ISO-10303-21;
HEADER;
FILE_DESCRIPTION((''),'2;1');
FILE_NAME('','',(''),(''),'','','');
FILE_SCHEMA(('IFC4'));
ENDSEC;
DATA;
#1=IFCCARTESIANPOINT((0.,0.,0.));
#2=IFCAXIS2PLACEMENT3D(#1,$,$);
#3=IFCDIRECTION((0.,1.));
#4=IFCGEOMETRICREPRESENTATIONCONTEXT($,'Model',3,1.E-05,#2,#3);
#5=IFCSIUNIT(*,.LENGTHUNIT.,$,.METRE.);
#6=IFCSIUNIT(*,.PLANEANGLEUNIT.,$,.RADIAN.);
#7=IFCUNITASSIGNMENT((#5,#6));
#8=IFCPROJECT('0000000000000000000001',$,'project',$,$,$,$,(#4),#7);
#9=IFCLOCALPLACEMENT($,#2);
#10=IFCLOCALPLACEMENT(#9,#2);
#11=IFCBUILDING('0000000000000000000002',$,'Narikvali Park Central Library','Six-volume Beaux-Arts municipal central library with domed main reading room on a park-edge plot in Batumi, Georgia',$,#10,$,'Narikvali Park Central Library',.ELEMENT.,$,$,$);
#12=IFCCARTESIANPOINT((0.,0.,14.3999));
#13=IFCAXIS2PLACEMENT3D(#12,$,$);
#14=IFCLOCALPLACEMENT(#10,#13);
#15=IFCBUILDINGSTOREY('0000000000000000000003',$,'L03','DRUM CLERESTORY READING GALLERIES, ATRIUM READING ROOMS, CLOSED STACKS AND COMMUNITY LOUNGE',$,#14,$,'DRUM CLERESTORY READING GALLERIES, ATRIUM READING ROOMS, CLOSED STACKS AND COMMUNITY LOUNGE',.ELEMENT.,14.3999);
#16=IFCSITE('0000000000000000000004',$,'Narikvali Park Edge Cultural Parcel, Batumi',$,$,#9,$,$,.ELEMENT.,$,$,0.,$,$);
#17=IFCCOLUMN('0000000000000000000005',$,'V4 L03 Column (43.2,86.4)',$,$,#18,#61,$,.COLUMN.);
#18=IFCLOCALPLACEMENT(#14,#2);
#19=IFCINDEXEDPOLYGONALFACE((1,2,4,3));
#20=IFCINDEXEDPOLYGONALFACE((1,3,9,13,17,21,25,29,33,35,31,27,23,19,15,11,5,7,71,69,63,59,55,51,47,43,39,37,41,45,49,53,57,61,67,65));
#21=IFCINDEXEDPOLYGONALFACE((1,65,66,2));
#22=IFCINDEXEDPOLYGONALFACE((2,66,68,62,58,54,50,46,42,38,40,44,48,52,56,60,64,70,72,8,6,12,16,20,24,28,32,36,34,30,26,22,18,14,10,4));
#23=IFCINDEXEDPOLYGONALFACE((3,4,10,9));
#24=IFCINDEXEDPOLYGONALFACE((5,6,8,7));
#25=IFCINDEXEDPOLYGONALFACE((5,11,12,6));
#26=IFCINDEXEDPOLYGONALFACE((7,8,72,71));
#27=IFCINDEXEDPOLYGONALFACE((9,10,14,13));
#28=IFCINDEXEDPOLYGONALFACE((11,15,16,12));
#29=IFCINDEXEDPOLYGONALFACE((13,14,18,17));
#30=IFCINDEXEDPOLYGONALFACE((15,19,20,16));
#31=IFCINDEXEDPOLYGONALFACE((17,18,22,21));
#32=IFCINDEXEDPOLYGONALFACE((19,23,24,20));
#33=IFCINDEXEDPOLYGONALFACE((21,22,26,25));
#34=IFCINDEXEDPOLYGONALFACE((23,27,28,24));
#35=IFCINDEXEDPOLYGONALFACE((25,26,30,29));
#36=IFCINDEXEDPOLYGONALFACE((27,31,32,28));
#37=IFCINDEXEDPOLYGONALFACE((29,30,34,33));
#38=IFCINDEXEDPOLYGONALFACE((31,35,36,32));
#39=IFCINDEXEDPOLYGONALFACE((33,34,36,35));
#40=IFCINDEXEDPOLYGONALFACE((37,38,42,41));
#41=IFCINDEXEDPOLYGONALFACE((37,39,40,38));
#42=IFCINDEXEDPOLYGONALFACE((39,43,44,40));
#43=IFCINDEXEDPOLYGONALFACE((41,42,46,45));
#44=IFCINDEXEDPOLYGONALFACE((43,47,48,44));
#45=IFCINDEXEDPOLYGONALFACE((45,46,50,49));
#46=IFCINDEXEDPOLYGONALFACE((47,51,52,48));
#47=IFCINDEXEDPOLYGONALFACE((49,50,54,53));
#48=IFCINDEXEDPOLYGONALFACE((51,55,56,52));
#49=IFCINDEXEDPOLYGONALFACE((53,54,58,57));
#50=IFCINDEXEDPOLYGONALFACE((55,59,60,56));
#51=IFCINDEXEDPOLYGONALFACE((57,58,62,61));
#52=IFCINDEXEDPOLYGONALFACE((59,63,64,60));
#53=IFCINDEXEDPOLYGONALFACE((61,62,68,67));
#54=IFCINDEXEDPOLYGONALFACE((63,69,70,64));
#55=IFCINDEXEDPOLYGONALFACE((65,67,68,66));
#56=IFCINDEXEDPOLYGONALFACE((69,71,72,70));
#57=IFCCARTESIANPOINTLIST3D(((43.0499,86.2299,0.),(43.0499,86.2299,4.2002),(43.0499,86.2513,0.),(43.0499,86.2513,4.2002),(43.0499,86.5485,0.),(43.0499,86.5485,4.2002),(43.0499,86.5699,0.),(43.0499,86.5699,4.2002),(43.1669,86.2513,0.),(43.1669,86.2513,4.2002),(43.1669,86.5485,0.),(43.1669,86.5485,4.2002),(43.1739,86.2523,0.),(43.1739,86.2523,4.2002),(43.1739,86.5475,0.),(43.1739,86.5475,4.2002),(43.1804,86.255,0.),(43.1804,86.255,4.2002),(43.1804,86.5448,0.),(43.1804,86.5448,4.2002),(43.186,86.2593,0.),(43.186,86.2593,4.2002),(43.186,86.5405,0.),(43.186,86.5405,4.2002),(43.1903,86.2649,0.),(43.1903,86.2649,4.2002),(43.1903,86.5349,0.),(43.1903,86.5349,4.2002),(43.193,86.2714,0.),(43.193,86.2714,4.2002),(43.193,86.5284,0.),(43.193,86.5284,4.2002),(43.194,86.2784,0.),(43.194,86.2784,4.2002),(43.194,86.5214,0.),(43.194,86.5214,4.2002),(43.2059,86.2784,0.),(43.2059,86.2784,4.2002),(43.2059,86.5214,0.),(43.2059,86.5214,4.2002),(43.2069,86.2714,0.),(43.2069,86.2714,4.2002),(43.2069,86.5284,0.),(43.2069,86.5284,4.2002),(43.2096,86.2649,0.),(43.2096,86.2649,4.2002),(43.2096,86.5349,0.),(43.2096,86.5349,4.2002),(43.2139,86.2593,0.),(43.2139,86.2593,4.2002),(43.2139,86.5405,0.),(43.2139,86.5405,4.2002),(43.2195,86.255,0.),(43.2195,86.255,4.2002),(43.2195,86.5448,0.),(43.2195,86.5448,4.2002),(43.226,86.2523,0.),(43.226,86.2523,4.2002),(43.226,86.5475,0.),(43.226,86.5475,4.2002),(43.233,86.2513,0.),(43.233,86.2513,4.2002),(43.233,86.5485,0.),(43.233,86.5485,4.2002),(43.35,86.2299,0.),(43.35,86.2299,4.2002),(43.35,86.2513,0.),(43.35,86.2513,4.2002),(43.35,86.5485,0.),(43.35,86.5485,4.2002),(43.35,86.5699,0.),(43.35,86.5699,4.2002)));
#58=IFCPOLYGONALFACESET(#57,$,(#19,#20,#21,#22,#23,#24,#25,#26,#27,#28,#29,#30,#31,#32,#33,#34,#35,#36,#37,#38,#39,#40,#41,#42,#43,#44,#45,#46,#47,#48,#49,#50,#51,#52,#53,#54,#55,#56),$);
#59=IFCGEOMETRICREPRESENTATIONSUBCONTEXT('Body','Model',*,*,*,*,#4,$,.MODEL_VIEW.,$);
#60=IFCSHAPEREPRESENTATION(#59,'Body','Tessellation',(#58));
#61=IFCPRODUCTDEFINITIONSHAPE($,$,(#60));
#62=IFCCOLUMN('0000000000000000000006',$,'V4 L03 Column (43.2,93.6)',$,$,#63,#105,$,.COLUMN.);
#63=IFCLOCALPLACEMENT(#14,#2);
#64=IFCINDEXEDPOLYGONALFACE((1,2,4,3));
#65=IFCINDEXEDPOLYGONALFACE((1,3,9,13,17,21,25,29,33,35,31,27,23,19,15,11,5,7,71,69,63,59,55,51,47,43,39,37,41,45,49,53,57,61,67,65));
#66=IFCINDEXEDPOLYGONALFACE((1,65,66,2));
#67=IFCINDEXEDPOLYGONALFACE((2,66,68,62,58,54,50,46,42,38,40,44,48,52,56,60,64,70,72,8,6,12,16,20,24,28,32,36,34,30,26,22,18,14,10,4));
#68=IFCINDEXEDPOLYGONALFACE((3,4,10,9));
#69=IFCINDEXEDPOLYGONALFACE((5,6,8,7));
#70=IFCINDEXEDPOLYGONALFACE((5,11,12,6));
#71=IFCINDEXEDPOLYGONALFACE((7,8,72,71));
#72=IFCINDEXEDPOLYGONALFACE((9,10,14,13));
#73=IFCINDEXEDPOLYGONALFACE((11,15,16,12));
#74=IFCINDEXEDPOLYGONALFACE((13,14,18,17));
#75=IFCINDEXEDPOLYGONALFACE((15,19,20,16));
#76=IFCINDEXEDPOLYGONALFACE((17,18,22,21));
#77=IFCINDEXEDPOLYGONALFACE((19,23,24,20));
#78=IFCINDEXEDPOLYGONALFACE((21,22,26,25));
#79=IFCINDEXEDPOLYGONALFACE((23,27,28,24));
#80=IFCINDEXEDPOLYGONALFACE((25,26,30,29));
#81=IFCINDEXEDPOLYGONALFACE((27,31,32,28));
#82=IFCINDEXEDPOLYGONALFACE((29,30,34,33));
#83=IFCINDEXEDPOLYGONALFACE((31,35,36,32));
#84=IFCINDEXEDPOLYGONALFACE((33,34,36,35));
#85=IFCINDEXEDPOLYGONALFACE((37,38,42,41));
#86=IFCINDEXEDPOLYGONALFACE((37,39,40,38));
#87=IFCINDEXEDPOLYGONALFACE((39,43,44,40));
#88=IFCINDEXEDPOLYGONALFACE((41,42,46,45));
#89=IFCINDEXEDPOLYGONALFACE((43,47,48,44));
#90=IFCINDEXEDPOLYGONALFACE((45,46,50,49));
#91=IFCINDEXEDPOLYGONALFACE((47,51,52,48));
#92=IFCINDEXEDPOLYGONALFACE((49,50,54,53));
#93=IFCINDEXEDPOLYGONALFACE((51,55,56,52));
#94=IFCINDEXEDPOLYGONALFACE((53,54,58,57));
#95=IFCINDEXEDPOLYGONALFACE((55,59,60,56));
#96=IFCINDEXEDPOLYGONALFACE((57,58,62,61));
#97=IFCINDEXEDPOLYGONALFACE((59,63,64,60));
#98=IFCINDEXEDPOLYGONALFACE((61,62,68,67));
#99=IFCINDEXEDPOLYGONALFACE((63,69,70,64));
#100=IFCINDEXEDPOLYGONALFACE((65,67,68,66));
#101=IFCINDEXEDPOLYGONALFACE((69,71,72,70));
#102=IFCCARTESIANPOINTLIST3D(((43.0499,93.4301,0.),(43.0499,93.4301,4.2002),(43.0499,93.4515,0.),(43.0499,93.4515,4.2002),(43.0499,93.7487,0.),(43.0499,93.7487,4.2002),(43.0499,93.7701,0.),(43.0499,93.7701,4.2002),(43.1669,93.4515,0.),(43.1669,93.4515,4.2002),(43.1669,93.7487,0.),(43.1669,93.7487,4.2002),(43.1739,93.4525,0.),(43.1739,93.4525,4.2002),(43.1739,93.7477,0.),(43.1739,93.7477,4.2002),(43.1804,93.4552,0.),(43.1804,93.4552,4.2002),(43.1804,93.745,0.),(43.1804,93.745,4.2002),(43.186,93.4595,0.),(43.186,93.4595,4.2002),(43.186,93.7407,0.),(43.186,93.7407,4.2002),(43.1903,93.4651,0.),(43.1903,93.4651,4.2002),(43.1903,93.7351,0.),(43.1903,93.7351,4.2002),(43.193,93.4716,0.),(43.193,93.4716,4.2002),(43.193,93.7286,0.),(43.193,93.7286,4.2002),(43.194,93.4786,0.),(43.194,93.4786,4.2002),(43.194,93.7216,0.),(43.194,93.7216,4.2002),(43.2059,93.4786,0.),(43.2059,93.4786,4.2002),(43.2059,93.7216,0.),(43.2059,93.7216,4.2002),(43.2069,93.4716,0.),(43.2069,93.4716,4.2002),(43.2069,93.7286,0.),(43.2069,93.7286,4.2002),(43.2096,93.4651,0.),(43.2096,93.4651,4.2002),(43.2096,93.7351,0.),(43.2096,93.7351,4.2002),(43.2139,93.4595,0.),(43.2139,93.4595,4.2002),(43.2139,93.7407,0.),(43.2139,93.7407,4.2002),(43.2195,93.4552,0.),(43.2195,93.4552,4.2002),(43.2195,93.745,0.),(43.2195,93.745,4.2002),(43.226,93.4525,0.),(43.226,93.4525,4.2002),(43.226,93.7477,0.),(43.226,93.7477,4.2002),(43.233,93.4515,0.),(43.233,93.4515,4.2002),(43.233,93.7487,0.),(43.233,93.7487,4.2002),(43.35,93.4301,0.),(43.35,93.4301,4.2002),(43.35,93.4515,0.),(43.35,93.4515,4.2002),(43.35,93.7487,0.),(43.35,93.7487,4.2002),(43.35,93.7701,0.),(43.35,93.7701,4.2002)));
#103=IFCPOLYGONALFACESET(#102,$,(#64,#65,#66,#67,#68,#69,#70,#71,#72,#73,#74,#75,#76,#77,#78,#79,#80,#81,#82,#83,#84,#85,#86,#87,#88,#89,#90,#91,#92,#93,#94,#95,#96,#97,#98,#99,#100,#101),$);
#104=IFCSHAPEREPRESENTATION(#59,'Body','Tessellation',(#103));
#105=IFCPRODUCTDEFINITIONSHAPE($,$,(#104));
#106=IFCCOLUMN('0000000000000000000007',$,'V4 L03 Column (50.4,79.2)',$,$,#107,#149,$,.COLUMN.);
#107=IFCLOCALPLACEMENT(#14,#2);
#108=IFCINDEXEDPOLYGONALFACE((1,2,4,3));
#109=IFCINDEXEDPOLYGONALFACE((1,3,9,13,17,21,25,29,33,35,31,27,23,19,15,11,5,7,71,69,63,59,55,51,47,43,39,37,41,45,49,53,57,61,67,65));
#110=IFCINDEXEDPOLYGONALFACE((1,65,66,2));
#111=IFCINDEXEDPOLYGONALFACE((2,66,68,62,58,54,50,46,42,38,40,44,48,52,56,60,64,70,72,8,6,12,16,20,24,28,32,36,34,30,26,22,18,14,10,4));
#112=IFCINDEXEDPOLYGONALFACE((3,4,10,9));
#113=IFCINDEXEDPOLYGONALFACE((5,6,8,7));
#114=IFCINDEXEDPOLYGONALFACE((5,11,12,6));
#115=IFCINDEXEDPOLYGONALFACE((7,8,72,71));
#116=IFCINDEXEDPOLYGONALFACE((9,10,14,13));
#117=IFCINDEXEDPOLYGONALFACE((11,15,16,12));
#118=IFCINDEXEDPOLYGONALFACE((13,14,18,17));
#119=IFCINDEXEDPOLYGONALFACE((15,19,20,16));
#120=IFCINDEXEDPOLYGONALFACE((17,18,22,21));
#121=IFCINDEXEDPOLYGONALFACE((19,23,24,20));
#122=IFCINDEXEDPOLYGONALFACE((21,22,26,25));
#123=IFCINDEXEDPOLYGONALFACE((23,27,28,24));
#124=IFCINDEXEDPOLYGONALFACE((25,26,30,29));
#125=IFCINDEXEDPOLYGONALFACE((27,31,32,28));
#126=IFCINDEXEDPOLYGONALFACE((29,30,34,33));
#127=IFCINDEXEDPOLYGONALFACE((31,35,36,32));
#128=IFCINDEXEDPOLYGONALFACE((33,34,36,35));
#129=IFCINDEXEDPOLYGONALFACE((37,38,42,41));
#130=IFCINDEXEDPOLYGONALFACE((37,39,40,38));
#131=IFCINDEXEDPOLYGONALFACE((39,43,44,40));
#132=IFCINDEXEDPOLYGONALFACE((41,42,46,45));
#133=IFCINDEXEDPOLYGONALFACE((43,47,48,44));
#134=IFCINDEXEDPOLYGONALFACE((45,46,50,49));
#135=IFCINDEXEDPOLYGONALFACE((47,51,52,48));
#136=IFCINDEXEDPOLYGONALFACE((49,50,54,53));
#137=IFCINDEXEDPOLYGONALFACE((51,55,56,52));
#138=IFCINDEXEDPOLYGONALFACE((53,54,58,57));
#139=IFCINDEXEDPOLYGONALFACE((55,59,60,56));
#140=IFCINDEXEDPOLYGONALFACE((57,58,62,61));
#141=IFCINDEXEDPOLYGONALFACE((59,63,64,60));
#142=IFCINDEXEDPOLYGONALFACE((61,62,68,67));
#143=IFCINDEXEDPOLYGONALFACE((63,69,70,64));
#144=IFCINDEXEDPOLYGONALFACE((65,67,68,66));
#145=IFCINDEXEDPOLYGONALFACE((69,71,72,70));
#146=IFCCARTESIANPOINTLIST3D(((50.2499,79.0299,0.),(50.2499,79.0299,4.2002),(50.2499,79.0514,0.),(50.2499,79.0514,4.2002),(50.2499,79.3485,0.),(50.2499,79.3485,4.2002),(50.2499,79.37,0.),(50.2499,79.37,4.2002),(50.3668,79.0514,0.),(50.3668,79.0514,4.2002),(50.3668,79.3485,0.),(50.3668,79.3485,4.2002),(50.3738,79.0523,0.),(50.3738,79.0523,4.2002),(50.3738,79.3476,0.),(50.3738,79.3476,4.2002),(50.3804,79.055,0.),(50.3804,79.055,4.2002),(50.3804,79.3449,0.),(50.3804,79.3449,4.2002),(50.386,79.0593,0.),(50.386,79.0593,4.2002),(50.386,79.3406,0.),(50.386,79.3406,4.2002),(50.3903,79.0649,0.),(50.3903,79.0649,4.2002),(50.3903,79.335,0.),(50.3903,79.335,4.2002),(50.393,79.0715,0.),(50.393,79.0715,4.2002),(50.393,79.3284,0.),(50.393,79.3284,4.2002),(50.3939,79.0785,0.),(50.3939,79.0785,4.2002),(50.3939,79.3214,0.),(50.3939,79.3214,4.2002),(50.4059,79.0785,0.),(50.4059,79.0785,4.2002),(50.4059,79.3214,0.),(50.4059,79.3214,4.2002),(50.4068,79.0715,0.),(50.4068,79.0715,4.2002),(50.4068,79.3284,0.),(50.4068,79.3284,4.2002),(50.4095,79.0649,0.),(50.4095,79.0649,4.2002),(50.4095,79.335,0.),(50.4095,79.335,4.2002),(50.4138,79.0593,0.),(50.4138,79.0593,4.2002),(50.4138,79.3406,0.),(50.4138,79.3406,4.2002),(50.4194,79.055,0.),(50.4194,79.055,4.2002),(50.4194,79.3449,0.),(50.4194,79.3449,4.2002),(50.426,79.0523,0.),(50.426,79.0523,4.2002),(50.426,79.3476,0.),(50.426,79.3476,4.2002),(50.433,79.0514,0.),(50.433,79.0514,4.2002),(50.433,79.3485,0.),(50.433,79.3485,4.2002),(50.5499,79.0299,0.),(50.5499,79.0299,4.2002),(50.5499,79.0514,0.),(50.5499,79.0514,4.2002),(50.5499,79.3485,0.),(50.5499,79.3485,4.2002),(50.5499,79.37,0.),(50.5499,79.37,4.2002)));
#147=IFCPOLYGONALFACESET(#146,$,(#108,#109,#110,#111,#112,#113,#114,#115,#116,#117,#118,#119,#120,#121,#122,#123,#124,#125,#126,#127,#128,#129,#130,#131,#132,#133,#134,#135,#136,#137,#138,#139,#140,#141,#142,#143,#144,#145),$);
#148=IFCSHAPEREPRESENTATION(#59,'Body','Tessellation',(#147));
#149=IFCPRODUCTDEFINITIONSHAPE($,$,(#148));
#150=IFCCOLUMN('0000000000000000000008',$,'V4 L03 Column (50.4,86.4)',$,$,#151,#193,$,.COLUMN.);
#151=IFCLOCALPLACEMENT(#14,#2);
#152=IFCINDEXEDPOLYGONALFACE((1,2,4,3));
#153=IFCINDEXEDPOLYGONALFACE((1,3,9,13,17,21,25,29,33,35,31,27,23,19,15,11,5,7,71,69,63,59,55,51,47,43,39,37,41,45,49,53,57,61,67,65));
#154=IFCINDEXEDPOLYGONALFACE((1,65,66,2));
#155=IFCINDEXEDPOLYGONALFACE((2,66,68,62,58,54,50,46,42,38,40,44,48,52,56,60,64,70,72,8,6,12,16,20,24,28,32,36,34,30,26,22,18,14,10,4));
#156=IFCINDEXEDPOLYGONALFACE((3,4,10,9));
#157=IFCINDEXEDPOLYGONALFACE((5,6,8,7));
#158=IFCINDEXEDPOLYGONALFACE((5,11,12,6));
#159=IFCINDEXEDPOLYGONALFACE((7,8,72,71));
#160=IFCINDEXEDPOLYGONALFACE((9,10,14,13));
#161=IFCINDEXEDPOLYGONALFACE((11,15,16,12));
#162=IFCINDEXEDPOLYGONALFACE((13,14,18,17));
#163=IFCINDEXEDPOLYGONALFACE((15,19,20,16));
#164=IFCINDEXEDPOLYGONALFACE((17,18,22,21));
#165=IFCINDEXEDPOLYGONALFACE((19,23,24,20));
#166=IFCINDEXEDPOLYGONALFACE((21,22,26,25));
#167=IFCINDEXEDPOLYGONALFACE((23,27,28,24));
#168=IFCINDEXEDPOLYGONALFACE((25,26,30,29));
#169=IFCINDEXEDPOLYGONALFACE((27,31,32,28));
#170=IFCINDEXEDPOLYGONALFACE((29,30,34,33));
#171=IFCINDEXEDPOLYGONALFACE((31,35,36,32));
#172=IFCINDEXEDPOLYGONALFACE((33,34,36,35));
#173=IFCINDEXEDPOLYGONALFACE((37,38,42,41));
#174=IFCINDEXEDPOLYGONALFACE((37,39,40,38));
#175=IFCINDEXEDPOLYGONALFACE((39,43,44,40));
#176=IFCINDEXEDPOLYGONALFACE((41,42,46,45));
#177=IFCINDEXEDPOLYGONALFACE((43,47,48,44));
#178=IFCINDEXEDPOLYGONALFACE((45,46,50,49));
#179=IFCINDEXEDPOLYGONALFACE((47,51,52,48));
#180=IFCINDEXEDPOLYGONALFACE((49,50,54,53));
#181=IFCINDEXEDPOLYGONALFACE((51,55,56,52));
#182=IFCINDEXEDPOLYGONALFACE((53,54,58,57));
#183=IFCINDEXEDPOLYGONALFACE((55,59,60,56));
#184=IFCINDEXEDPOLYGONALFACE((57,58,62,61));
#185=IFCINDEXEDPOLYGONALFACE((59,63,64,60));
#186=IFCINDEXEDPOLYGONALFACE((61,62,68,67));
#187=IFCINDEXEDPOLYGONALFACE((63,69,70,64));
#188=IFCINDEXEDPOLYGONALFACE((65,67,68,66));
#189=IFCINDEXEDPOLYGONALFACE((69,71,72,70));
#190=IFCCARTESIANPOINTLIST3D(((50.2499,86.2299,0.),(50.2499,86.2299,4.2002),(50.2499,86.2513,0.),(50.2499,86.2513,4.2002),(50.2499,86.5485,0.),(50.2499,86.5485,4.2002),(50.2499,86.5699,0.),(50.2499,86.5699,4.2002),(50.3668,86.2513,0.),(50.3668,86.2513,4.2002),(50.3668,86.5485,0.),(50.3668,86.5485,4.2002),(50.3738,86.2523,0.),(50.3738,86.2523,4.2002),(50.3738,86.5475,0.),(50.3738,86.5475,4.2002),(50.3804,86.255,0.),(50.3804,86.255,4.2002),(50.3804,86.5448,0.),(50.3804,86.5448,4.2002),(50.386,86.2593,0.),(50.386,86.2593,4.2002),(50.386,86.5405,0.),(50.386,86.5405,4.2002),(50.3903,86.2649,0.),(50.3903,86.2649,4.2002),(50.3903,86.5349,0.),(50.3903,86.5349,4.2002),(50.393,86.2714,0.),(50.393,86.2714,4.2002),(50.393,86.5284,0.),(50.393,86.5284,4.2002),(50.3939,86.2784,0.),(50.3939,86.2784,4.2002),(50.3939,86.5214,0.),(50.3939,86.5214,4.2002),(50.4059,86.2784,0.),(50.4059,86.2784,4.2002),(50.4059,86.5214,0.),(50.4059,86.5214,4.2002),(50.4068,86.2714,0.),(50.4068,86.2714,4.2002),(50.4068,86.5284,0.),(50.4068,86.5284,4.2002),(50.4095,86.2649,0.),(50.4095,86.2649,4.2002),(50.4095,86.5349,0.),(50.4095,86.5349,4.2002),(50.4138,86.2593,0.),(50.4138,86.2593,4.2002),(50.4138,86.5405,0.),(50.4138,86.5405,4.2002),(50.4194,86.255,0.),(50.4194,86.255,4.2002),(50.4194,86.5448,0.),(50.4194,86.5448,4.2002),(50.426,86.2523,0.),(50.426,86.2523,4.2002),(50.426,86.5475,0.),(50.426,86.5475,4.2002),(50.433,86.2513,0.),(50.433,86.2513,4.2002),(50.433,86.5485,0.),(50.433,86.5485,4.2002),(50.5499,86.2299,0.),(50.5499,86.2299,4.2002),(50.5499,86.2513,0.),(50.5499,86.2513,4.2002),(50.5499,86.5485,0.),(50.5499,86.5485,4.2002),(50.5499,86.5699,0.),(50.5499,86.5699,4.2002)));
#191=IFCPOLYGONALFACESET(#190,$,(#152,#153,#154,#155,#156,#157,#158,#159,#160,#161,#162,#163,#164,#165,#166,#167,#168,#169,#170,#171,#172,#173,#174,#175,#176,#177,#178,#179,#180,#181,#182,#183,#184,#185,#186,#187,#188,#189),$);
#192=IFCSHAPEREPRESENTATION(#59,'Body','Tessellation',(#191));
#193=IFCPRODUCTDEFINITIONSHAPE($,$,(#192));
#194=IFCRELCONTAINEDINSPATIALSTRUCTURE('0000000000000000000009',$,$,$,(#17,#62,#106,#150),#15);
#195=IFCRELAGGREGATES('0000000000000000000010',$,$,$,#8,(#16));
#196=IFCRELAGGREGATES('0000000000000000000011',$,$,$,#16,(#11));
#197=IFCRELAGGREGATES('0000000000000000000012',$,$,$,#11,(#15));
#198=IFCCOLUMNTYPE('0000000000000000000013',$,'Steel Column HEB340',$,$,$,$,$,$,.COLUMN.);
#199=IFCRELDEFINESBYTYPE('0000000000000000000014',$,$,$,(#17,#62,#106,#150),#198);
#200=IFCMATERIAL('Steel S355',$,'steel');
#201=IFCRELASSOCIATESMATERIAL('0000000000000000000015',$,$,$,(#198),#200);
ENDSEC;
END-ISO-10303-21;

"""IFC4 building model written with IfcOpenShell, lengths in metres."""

from ifc_helpers import new_model, si_unit, direction, frame, origin, origin_2d, place, context, subcontext, project, spatial, i_section, extrude, material, material_profile, profile_set, type_object, element, save


model = new_model("IFC4")

# Units and contexts
model_context = context("Model", 3, precision=1e-05, world=origin(), true_north=direction((0.0, 1.0)))
body_context = subcontext(model_context, "Body", "Model", "MODEL_VIEW")
ifc_project = project(units=[si_unit("LENGTHUNIT", "METRE"), si_unit("PLANEANGLEUNIT", "RADIAN")], contexts=[model_context])

# Site, building, storey
site_placement = place(None, origin())
site = spatial("IfcSite", under=ifc_project, at=site_placement, Name="Narikvali Park Edge Cultural Parcel, Batumi", CompositionType="ELEMENT", RefElevation=0.0)
building_placement = place(site_placement, origin())
building = spatial("IfcBuilding", under=site, at=building_placement, Name="Narikvali Park Central Library", Description="Six-volume Beaux-Arts municipal central library with domed main reading room on a park-edge plot in Batumi, Georgia", LongName="Narikvali Park Central Library", CompositionType="ELEMENT")
storey_placement = place(building_placement, frame((0.0, 0.0, 14.3999)))
storey = spatial("IfcBuildingStorey", under=building, at=storey_placement, Name="L03", Description="DRUM CLERESTORY READING GALLERIES, ATRIUM READING ROOMS, CLOSED STACKS AND COMMUNITY LOUNGE", LongName="DRUM CLERESTORY READING GALLERIES, ATRIUM READING ROOMS, CLOSED STACKS AND COMMUNITY LOUNGE", CompositionType="ELEMENT", Elevation=14.3999)

# Columns
ifc_material_1 = material(Name="Steel S355", Category="steel")
ifc_material_profile_1 = material_profile(ifc_material_1, i_section(OverallWidth=0.3, OverallDepth=0.3401, WebThickness=0.012, FlangeThickness=0.0215, FilletRadius=0.0271, at=origin_2d()), Name="HEB 340")
ifc_profile_set_1 = profile_set([ifc_material_profile_1], Name="Steel S355")
column_type = type_object("IfcColumnType", Name="Steel Column HEB340", PredefinedType="COLUMN", material=ifc_profile_set_1)
for number, where, z_axis, x_axis, name in (
    (1, (43.2, 86.3999, 0.0), (0.0, 0.0, 1.0), (1.0, 0.0, 0.0), "V4 L03 Column (43.2,86.4)"),
    (2, (43.2, 93.6001, 0.0), (0.0, 0.0, 1.0), (1.0, 0.0, 0.0), "V4 L03 Column (43.2,93.6)"),
    (3, (50.3999, 79.2, 0.0), (0.0, 0.0, 1.0), (1.0, 0.0, 0.0), "V4 L03 Column (50.4,79.2)"),
    (4, (50.3999, 86.3999, 0.0), (0.0, 0.0, 1.0), (1.0, 0.0, 0.0), "V4 L03 Column (50.4,86.4)"),
):
    element("IfcColumn", number, at=place(storey_placement, frame(where, z_axis=z_axis, x_axis=x_axis)), inside=storey, type_object=column_type, Name=name, PredefinedType="COLUMN", context=body_context, shape_type="SweptSolid", body=[
        extrude(i_section(OverallWidth=0.3, OverallDepth=0.3401, WebThickness=0.012, FlangeThickness=0.0215, FilletRadius=0.0271, at=origin_2d()), origin(), (0.0, 0.0, 1.0), 4.2002),
    ])

save(model, "model.ifc")
